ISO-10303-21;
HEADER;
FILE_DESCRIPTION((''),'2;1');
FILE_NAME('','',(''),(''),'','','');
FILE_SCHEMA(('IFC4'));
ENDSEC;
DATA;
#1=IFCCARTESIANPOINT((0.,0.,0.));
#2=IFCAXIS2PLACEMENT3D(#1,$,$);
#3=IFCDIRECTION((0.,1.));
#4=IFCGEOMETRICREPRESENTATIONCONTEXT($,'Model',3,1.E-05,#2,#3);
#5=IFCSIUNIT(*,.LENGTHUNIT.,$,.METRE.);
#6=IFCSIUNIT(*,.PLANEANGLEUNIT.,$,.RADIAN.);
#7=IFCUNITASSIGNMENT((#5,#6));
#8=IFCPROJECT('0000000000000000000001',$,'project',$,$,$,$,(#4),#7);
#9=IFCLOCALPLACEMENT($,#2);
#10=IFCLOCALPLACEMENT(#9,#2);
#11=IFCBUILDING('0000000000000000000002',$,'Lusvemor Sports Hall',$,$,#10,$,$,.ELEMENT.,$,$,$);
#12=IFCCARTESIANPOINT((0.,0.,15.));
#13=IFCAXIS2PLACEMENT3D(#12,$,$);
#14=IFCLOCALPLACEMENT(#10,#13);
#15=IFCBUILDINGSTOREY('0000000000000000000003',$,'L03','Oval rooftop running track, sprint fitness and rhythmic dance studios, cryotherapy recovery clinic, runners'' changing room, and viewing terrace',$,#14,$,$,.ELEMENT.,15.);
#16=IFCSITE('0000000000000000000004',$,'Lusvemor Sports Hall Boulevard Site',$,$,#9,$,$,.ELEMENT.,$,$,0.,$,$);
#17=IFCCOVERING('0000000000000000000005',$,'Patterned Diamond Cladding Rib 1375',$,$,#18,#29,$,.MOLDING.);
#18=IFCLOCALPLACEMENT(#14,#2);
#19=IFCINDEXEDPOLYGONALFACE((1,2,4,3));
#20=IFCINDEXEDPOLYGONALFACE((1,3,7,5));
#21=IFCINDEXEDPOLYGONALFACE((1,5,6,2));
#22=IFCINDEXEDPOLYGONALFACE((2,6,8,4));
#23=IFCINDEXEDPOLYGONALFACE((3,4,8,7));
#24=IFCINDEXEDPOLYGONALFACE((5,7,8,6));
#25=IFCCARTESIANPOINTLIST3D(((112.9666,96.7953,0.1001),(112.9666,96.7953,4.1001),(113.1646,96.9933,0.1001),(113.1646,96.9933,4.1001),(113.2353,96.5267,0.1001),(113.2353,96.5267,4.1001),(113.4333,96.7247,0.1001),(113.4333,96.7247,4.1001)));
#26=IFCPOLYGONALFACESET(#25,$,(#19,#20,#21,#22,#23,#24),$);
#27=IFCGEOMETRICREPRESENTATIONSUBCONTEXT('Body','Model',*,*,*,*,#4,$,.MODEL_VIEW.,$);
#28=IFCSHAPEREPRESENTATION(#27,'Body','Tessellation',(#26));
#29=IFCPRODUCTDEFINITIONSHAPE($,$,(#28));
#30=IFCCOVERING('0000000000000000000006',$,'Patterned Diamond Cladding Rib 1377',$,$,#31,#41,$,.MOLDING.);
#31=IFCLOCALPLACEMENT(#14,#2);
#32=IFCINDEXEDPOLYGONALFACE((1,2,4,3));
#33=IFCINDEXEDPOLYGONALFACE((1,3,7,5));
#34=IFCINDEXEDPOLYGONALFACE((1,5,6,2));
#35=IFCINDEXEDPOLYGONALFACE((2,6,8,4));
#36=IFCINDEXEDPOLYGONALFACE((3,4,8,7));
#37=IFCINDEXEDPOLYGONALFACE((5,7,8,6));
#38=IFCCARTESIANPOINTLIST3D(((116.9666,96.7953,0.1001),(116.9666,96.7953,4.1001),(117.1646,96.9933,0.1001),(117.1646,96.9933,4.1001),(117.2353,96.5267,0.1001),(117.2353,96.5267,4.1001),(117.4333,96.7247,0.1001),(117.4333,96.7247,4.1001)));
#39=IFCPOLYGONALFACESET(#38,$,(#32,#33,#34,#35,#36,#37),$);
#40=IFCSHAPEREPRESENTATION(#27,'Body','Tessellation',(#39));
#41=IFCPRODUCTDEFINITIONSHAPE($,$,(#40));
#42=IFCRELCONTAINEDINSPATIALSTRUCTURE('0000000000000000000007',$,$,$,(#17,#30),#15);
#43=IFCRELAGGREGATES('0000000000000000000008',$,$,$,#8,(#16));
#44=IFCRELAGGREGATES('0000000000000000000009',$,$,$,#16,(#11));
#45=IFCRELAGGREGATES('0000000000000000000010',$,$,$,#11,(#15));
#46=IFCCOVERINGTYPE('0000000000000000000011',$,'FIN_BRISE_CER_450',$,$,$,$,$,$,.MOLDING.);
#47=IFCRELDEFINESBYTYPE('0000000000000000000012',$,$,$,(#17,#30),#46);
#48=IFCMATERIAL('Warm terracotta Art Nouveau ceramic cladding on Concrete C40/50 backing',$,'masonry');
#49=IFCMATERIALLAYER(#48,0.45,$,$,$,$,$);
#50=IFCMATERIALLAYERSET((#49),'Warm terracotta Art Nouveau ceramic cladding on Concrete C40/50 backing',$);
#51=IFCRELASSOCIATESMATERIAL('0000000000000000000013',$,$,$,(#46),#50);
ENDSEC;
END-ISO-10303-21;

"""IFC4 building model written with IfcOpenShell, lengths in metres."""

from ifc_helpers import new_model, si_unit, direction, frame, origin, origin_2d, place, context, subcontext, project, spatial, rectangle, extrude, material, layer, layer_set, type_object, element, save


model = new_model("IFC4")

# Units and contexts
model_context = context("Model", 3, precision=1e-05, world=origin(), true_north=direction((0.0, 1.0)))
body_context = subcontext(model_context, "Body", "Model", "MODEL_VIEW")
ifc_project = project(units=[si_unit("LENGTHUNIT", "METRE"), si_unit("PLANEANGLEUNIT", "RADIAN")], contexts=[model_context])

# Site, building, storey
site_placement = place(None, origin())
site = spatial("IfcSite", under=ifc_project, at=site_placement, Name="Lusvemor Sports Hall Boulevard Site", CompositionType="ELEMENT", RefElevation=0.0)
building_placement = place(site_placement, origin())
building = spatial("IfcBuilding", under=site, at=building_placement, Name="Lusvemor Sports Hall", CompositionType="ELEMENT")
storey_placement = place(building_placement, frame((0.0, 0.0, 15.0)))
storey = spatial("IfcBuildingStorey", under=building, at=storey_placement, Name="L03", Description="Oval rooftop running track, sprint fitness and rhythmic dance studios, cryotherapy recovery clinic, runners' changing room, and viewing terrace", CompositionType="ELEMENT", Elevation=15.0)

# Coverings
ifc_material_1 = material(Name="Warm terracotta Art Nouveau ceramic cladding on Concrete C40/50 backing", Category="masonry")
ifc_layer_1 = layer(ifc_material_1, 0.45)
ifc_layer_set_1 = layer_set([ifc_layer_1], Name="Warm terracotta Art Nouveau ceramic cladding on Concrete C40/50 backing")
covering_type_1 = type_object("IfcCoveringType", Name="FIN_BRISE_CER_450", PredefinedType="MOLDING", material=ifc_layer_set_1)
for number, where, z_axis, x_axis, name in (
    (1, (113.2, 96.76, 0.1001), (0.0, 0.0, 1.0), (0.707107, 0.707107, 0.0), "Patterned Diamond Cladding Rib 1375"),
    (2, (117.2, 96.76, 0.1001), (0.0, 0.0, 1.0), (0.707107, 0.707107, 0.0), "Patterned Diamond Cladding Rib 1377"),
):
    element("IfcCovering", number, at=place(storey_placement, frame(where, z_axis=z_axis, x_axis=x_axis)), inside=storey, type_object=covering_type_1, Name=name, PredefinedType="MOLDING", context=body_context, shape_type="SweptSolid", body=[
        extrude(rectangle(XDim=0.28, YDim=0.3799, at=origin_2d()), origin(), (0.0, 0.0, 1.0), 4.0),
    ])

save(model, "model.ifc")
